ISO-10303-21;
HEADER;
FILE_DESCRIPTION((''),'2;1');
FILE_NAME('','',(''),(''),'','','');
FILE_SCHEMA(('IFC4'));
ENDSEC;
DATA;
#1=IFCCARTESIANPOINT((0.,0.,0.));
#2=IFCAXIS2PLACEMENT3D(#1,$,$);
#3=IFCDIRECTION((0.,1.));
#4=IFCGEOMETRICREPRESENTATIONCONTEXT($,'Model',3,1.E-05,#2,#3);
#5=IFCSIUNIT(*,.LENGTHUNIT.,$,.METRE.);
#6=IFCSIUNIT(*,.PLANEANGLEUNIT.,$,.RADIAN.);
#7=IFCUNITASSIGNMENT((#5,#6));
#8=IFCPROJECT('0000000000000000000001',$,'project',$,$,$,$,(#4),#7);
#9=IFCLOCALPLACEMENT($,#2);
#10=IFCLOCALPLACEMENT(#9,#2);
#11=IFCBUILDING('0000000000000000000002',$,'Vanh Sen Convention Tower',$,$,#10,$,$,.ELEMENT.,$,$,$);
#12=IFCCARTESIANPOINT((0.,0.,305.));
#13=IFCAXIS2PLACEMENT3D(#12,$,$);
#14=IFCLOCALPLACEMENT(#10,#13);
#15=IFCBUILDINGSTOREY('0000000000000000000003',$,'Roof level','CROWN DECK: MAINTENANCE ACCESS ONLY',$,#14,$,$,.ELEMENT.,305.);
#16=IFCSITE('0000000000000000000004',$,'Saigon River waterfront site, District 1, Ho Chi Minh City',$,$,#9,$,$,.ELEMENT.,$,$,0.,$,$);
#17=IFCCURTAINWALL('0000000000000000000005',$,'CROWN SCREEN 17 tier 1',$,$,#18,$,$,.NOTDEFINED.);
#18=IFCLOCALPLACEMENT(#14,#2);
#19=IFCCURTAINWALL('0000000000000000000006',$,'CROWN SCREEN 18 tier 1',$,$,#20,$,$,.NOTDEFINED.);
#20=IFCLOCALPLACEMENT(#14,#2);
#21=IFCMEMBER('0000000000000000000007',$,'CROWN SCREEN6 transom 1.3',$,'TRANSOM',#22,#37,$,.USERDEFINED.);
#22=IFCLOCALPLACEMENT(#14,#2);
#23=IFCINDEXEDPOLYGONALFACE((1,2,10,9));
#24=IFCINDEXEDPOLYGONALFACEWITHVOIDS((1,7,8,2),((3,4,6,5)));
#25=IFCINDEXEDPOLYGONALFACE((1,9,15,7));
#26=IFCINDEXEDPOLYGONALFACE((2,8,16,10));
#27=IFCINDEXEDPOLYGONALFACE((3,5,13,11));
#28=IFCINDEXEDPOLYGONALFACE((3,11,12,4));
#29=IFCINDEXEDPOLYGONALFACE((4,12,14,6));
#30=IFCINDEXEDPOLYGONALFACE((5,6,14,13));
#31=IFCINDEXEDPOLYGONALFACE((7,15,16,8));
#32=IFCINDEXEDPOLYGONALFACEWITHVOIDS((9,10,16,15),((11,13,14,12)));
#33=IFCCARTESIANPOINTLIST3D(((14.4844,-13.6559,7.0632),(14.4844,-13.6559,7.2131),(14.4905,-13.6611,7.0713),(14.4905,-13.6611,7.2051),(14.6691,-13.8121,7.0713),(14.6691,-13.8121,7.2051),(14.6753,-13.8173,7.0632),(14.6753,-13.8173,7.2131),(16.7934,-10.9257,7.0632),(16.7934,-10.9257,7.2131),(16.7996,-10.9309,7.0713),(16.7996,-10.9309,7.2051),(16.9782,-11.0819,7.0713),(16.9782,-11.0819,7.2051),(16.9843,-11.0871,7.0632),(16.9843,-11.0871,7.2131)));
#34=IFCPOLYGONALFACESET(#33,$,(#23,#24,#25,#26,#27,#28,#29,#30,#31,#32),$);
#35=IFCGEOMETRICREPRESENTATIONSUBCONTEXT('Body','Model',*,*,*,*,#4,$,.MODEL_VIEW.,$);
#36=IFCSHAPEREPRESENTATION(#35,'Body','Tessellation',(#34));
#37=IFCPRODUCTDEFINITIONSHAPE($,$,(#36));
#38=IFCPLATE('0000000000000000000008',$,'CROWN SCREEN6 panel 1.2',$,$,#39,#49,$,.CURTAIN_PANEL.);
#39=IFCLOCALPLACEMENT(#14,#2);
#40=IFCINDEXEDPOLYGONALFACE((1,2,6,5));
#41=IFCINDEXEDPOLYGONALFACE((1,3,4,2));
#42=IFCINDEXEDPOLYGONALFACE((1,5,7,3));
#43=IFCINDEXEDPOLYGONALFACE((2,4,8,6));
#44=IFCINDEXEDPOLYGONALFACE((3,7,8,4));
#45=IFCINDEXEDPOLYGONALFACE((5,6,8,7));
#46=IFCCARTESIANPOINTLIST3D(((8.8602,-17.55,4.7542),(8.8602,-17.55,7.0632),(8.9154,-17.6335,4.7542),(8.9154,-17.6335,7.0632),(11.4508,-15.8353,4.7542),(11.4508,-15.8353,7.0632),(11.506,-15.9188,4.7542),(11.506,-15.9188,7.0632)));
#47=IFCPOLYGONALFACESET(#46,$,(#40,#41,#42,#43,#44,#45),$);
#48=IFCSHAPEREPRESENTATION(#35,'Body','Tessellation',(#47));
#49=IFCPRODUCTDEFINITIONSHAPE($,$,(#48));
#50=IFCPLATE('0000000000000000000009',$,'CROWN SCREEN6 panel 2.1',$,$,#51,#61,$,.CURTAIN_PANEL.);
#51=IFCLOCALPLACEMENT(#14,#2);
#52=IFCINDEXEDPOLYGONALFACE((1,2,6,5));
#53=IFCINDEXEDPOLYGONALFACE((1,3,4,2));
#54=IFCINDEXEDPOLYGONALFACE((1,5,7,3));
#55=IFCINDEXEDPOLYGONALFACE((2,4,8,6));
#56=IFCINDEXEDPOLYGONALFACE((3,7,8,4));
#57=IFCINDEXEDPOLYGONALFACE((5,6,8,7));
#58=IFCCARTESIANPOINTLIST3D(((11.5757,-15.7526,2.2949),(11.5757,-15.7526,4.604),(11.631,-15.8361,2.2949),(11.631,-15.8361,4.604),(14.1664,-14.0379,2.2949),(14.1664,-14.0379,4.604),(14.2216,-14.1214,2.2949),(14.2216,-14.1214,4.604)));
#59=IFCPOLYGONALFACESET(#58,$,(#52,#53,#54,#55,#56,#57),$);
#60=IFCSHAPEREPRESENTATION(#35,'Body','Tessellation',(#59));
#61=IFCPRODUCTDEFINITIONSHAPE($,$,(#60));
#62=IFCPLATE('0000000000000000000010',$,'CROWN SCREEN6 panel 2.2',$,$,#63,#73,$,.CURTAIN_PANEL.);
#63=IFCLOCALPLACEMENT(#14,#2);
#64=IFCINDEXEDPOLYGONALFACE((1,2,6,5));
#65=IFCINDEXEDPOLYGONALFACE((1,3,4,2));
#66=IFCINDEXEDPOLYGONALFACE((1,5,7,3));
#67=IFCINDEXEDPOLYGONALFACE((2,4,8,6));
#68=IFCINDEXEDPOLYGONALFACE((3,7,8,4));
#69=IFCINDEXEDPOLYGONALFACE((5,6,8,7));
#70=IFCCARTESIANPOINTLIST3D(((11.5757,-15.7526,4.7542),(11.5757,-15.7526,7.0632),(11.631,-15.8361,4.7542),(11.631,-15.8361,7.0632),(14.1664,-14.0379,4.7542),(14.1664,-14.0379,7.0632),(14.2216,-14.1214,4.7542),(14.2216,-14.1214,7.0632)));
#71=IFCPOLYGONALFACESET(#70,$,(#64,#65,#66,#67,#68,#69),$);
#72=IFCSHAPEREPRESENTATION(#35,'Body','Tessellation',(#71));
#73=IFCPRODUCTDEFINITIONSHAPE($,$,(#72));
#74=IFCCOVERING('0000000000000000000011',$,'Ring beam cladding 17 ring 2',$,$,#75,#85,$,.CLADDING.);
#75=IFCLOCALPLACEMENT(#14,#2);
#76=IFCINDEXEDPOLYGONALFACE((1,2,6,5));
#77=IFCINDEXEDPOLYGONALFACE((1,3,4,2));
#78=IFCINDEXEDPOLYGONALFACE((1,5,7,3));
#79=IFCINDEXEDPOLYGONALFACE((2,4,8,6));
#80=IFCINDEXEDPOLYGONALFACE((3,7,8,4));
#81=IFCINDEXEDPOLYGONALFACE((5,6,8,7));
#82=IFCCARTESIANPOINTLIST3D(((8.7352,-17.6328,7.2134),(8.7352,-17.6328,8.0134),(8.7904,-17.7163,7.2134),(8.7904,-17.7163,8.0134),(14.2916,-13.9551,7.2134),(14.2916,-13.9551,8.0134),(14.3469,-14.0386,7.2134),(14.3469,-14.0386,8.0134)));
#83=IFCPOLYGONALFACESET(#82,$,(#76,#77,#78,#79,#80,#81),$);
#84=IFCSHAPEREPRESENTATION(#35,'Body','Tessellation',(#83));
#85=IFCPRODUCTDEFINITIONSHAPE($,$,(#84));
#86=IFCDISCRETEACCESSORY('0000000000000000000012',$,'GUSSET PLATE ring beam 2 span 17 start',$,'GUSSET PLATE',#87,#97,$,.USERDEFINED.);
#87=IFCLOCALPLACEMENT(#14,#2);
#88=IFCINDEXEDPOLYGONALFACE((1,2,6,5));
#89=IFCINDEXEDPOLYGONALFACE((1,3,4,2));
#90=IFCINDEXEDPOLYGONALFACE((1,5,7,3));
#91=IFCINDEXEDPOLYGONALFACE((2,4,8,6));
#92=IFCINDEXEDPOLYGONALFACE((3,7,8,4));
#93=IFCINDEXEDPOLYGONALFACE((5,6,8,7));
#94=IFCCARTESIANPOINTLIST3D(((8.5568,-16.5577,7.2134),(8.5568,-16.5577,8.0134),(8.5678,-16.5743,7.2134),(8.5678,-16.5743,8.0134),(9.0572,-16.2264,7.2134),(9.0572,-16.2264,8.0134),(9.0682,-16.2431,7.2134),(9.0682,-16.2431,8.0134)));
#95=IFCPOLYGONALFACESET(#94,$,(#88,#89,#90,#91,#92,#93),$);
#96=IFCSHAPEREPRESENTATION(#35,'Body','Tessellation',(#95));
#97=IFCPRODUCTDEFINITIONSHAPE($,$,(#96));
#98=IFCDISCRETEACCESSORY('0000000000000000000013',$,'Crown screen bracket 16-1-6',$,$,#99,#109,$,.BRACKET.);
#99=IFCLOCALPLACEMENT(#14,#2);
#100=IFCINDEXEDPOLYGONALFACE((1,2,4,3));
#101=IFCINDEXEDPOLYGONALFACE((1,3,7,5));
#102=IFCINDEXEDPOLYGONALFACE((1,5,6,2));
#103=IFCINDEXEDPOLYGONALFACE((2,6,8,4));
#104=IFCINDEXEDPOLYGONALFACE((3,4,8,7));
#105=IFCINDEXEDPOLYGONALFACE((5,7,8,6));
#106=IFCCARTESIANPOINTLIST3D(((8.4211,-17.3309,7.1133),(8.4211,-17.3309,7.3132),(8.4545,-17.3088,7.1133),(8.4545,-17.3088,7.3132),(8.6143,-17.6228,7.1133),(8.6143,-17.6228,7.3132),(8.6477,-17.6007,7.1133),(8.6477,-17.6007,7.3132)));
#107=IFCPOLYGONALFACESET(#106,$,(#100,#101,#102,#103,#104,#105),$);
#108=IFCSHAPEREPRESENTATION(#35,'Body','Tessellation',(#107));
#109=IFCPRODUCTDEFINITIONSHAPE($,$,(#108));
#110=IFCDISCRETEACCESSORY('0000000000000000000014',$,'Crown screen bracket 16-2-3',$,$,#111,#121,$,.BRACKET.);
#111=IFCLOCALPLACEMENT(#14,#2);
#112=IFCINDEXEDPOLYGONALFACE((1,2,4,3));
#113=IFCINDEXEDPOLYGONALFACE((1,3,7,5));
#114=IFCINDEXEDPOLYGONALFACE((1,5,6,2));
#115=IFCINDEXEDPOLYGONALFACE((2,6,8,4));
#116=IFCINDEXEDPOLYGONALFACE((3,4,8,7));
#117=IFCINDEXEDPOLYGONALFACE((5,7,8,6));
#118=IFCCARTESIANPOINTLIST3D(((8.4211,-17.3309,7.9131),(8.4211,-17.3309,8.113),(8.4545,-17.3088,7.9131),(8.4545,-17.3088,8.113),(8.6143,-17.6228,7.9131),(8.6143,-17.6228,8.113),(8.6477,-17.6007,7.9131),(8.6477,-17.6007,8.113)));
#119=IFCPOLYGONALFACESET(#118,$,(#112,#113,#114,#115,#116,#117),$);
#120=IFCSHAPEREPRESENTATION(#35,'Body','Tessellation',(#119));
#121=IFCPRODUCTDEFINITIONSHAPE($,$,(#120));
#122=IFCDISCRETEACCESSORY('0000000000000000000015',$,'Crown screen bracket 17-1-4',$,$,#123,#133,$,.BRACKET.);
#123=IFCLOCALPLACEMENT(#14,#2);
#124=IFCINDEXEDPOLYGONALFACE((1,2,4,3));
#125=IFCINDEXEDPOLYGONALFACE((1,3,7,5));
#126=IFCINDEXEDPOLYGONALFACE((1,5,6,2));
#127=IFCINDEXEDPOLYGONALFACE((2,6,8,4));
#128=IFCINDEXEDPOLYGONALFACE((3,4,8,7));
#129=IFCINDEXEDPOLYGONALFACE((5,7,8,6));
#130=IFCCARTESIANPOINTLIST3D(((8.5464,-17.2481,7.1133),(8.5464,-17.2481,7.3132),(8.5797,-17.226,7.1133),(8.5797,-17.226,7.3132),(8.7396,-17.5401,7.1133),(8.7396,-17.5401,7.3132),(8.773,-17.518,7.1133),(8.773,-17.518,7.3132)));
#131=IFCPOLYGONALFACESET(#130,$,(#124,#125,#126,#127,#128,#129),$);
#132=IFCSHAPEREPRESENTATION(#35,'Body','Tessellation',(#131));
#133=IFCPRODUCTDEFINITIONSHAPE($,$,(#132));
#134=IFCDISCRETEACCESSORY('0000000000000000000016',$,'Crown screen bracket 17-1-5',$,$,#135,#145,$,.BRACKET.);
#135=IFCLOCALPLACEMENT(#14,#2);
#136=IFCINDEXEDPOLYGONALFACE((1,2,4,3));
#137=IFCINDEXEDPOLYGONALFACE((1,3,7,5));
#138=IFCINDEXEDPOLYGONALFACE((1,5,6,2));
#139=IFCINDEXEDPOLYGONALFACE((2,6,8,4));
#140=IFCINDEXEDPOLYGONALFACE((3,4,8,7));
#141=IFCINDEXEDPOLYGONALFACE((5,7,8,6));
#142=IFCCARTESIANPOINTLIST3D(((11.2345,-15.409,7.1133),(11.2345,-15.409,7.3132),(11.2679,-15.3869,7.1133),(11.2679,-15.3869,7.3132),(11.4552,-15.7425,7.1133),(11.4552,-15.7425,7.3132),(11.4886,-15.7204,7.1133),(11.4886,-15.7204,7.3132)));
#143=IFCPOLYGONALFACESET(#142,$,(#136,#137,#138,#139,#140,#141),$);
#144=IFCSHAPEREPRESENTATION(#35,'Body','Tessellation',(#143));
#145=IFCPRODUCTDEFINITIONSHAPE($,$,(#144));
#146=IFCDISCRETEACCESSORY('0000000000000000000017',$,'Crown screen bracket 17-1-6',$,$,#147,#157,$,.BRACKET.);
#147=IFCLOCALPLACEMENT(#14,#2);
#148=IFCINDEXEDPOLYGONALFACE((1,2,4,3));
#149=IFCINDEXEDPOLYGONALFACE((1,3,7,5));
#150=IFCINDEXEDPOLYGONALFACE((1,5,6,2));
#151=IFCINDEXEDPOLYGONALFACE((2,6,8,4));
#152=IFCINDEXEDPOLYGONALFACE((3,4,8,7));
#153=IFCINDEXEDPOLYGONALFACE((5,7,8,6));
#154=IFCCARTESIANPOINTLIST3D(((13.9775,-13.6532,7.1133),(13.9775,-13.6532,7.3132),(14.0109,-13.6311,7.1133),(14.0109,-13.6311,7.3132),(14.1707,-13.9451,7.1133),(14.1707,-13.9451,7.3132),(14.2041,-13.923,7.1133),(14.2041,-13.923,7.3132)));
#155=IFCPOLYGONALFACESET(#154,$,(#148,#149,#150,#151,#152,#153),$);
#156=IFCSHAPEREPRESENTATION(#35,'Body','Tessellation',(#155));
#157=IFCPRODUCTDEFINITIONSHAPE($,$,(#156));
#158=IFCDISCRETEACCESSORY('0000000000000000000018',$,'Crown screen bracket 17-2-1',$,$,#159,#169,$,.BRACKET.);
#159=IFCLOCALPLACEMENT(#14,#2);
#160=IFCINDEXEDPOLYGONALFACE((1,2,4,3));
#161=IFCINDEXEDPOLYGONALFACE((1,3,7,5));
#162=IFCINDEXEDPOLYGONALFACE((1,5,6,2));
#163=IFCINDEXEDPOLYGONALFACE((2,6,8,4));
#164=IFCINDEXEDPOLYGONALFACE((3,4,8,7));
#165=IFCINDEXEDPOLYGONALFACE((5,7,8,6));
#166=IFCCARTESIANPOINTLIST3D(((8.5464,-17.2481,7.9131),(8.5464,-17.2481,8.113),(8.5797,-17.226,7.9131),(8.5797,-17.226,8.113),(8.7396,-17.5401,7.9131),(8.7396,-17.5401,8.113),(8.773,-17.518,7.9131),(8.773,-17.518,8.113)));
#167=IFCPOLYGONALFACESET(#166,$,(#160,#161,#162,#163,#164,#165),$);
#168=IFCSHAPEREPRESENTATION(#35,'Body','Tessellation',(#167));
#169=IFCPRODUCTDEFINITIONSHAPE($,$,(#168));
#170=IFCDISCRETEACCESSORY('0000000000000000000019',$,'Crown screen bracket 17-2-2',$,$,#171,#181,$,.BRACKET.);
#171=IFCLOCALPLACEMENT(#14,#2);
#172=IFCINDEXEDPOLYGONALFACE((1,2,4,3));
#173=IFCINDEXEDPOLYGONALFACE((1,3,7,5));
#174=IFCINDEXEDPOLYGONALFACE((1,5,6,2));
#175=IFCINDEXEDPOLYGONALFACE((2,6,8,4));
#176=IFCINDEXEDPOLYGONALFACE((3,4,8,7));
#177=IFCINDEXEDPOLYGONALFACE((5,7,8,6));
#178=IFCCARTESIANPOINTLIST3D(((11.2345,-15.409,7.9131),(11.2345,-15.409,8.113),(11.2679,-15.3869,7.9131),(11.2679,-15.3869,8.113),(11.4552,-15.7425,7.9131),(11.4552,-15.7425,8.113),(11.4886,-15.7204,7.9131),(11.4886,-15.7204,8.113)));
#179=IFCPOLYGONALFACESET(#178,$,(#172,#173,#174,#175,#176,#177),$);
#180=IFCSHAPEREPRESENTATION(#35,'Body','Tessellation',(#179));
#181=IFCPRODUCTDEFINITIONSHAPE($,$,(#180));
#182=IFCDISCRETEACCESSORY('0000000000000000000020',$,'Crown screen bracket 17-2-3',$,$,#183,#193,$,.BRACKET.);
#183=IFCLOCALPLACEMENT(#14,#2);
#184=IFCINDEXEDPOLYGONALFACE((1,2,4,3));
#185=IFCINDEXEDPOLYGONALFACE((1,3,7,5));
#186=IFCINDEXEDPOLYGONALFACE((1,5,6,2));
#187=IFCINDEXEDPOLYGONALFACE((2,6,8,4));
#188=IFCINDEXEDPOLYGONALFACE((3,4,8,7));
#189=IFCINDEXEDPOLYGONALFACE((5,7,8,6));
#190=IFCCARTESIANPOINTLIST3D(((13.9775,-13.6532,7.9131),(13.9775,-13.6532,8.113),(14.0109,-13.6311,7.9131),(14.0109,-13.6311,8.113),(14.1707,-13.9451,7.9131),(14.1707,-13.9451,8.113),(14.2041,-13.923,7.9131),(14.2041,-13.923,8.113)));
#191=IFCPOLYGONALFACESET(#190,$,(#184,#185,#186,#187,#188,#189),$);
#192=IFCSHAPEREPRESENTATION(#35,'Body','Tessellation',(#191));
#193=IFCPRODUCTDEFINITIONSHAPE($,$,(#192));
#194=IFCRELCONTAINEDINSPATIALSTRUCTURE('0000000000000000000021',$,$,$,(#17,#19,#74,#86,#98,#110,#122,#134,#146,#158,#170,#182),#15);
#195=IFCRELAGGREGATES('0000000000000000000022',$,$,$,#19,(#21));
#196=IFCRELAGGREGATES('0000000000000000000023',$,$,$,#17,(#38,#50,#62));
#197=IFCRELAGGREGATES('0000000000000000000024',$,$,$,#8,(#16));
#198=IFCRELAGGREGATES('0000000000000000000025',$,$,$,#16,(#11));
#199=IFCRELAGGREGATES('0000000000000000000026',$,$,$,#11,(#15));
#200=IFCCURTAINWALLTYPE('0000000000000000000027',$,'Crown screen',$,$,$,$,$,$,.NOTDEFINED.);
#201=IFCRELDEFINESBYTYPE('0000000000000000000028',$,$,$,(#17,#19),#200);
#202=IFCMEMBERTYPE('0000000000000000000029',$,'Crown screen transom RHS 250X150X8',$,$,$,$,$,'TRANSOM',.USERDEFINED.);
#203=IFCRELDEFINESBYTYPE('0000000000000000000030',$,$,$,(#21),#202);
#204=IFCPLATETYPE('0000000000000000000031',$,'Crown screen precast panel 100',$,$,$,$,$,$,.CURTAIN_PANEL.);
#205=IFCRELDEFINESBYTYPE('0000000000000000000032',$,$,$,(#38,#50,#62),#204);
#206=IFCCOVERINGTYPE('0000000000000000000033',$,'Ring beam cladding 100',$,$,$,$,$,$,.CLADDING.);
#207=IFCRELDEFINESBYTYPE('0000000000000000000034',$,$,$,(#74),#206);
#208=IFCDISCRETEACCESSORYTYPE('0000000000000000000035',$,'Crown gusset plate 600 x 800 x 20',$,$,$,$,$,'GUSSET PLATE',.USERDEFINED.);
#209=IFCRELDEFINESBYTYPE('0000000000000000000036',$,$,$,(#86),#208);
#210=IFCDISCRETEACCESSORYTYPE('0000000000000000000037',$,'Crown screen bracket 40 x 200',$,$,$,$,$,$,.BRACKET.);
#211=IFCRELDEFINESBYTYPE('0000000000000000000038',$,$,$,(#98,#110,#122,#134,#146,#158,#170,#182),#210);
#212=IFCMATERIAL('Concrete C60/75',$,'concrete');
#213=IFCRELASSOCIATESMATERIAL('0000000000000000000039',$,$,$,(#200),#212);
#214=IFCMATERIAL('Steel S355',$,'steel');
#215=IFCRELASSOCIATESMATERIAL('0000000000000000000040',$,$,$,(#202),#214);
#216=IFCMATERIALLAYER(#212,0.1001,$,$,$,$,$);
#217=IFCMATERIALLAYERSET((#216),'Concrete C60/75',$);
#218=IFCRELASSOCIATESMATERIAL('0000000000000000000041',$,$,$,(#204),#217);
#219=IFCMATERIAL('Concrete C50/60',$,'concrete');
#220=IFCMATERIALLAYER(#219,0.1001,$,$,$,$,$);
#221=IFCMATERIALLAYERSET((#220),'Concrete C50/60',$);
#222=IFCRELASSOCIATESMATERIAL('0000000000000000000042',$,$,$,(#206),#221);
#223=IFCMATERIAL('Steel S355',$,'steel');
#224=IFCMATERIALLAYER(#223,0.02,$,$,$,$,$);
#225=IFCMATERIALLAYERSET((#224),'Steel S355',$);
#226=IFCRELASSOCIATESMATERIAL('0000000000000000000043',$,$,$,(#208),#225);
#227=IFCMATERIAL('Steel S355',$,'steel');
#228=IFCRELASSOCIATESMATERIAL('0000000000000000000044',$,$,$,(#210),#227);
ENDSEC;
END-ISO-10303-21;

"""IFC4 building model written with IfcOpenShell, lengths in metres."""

from ifc_helpers import new_model, si_unit, direction, frame, origin, origin_2d, place, context, subcontext, project, spatial, rectangle, hollow_rectangle, extrude, material, layer, layer_set, material_profile, profile_set, type_object, element, aggregate, save


model = new_model("IFC4")

# Units and contexts
model_context = context("Model", 3, precision=1e-05, world=origin(), true_north=direction((0.0, 1.0)))
body_context = subcontext(model_context, "Body", "Model", "MODEL_VIEW")
ifc_project = project(units=[si_unit("LENGTHUNIT", "METRE"), si_unit("PLANEANGLEUNIT", "RADIAN")], contexts=[model_context])

# Site, building, storey
site_placement = place(None, origin())
site = spatial("IfcSite", under=ifc_project, at=site_placement, Name="Saigon River waterfront site, District 1, Ho Chi Minh City", CompositionType="ELEMENT", RefElevation=0.0)
building_placement = place(site_placement, origin())
building = spatial("IfcBuilding", under=site, at=building_placement, Name="Vanh Sen Convention Tower", CompositionType="ELEMENT")
storey_placement = place(building_placement, frame((0.0, 0.0, 305.0)))
storey = spatial("IfcBuildingStorey", under=building, at=storey_placement, Name="Roof level", Description="CROWN DECK: MAINTENANCE ACCESS ONLY", CompositionType="ELEMENT", Elevation=305.0)

# Shared definitions
ifc_material_1 = material(Name="Concrete C60/75", Category="concrete")
curtain_wall_type = type_object("IfcCurtainWallType", Name="Crown screen", PredefinedType="NOTDEFINED", material=ifc_material_1)
ifc_material_2 = material(Name="Steel S355", Category="steel")

# Curtain walls, member
curtain_wall_1_placement = place(storey_placement, origin())
curtain_wall_1 = element("IfcCurtainWall", 1, at=curtain_wall_1_placement, inside=storey, type_object=curtain_wall_type, Name="CROWN SCREEN 17 tier 1", PredefinedType="NOTDEFINED")
ifc_material_profile_1 = material_profile(ifc_material_2, hollow_rectangle(XDim=0.25, YDim=0.1499, WallThickness=0.0081, at=origin_2d()), Name="RHS 250X150X8")
ifc_profile_set_1 = profile_set([ifc_material_profile_1], Name="Steel S355")
member_type_1 = type_object("IfcMemberType", Name="Crown screen transom RHS 250X150X8", ElementType="TRANSOM", PredefinedType="USERDEFINED", material=ifc_profile_set_1)
curtain_wall_2_placement = place(storey_placement, origin())
curtain_wall_2 = element("IfcCurtainWall", 2, at=curtain_wall_2_placement, inside=storey, type_object=curtain_wall_type, Name="CROWN SCREEN 18 tier 1", PredefinedType="NOTDEFINED")
member_1_placement = place(storey_placement, frame((14.5798, -13.7366, 7.1382), z_axis=(0.645762, 0.763539, 0.0), x_axis=(-0.763539, 0.645762, 0.0)))
member_1 = element("IfcMember", 3, at=member_1_placement, type_object=member_type_1, Name="CROWN SCREEN6 transom 1.3", ObjectType="TRANSOM", PredefinedType="USERDEFINED", context=body_context, shape_type="SweptSolid", body=[
    extrude(hollow_rectangle(XDim=0.25, YDim=0.1499, WallThickness=0.0081, at=origin_2d()), origin(), (0.0, 0.0, 1.0), 3.5757),
])
aggregate(curtain_wall_2, [member_1])

# Plates
ifc_layer_1 = layer(ifc_material_1, 0.1001)
ifc_layer_set_1 = layer_set([ifc_layer_1], Name="Concrete C60/75")
plate_type = type_object("IfcPlateType", Name="Crown screen precast panel 100", PredefinedType="CURTAIN_PANEL", material=ifc_layer_set_1)
plate_1_placement = place(storey_placement, frame((10.1831, -16.7344, 4.7542), z_axis=(0.0, 0.0, 1.0), x_axis=(0.833886, 0.551937, 0.0)))
plate_1 = element("IfcPlate", 4, at=plate_1_placement, type_object=plate_type, Name="CROWN SCREEN6 panel 1.2", PredefinedType="CURTAIN_PANEL", context=body_context, shape_type="SweptSolid", body=[
    extrude(rectangle(XDim=3.1067, YDim=0.1001, at=origin_2d()), origin(), (0.0, 0.0, 1.0), 2.3091),
])
plate_2_placement = place(storey_placement, frame((12.8987, -14.937, 2.2949), z_axis=(0.0, 0.0, 1.0), x_axis=(0.833886, 0.551937, 0.0)))
plate_2 = element("IfcPlate", 5, at=plate_2_placement, type_object=plate_type, Name="CROWN SCREEN6 panel 2.1", PredefinedType="CURTAIN_PANEL", context=body_context, shape_type="SweptSolid", body=[
    extrude(rectangle(XDim=3.1067, YDim=0.1001, at=origin_2d()), origin(), (0.0, 0.0, 1.0), 2.3091),
])
plate_3_placement = place(storey_placement, frame((12.8987, -14.937, 4.7542), z_axis=(0.0, 0.0, 1.0), x_axis=(0.833886, 0.551937, 0.0)))
plate_3 = element("IfcPlate", 6, at=plate_3_placement, type_object=plate_type, Name="CROWN SCREEN6 panel 2.2", PredefinedType="CURTAIN_PANEL", context=body_context, shape_type="SweptSolid", body=[
    extrude(rectangle(XDim=3.1067, YDim=0.1001, at=origin_2d()), origin(), (0.0, 0.0, 1.0), 2.3091),
])
aggregate(curtain_wall_1, [plate_1, plate_2, plate_3])

# Covering
ifc_material_3 = material(Name="Concrete C50/60", Category="concrete")
ifc_layer_2 = layer(ifc_material_3, 0.1001)
ifc_layer_set_2 = layer_set([ifc_layer_2], Name="Concrete C50/60")
covering_type = type_object("IfcCoveringType", Name="Ring beam cladding 100", PredefinedType="CLADDING", material=ifc_layer_set_2)
covering_placement = place(storey_placement, frame((11.541, -15.8357, 7.2134), z_axis=(0.0, 0.0, 1.0), x_axis=(0.833886, 0.551937, 0.0)))
element("IfcCovering", 7, at=covering_placement, inside=storey, type_object=covering_type, Name="Ring beam cladding 17 ring 2", PredefinedType="CLADDING", context=body_context, shape_type="SweptSolid", body=[
    extrude(rectangle(XDim=6.6633, YDim=0.1001, at=origin_2d()), origin(), (0.0, 0.0, 1.0), 0.8),
])

# Discrete accessories
ifc_material_4 = material(Name="Steel S355", Category="steel")
ifc_layer_3 = layer(ifc_material_4, 0.02)
ifc_layer_set_3 = layer_set([ifc_layer_3], Name="Steel S355")
discrete_accessory_type_1 = type_object("IfcDiscreteAccessoryType", Name="Crown gusset plate 600 x 800 x 20", ElementType="GUSSET PLATE", PredefinedType="USERDEFINED", material=ifc_layer_set_3)
discrete_accessory_1_placement = place(storey_placement, frame((8.8125, -16.4004, 7.2134), z_axis=(0.0, 0.0, 1.0), x_axis=(0.833886, 0.551937, 0.0)))
element("IfcDiscreteAccessory", 8, at=discrete_accessory_1_placement, inside=storey, type_object=discrete_accessory_type_1, Name="GUSSET PLATE ring beam 2 span 17 start", ObjectType="GUSSET PLATE", PredefinedType="USERDEFINED", context=body_context, shape_type="SweptSolid", body=[
    extrude(rectangle(XDim=0.6001, YDim=0.02, at=origin_2d()), origin(), (0.0, 0.0, 1.0), 0.8),
])
ifc_material_5 = material(Name="Steel S355", Category="steel")
discrete_accessory_type_2 = type_object("IfcDiscreteAccessoryType", Name="Crown screen bracket 40 x 200", PredefinedType="BRACKET", material=ifc_material_5)
for number, where, z_axis, x_axis, name in (
    (9, (8.5344, -17.4658, 7.1133), (0.0, 0.0, 1.0), (0.55193, -0.833891, 0.0), "Crown screen bracket 16-1-6"),
    (10, (8.5344, -17.4658, 7.9131), (0.0, 0.0, 1.0), (0.55193, -0.833891, 0.0), "Crown screen bracket 16-2-3"),
    (11, (8.6597, -17.3831, 7.1133), (0.0, 0.0, 1.0), (0.551937, -0.833886, 0.0), "Crown screen bracket 17-1-4"),
):
    element("IfcDiscreteAccessory", number, at=place(storey_placement, frame(where, z_axis=z_axis, x_axis=x_axis)), inside=storey, type_object=discrete_accessory_type_2, Name=name, PredefinedType="BRACKET", context=body_context, shape_type="SweptSolid", body=[
        extrude(rectangle(XDim=0.3501, YDim=0.04, at=origin_2d()), origin(), (0.0, 0.0, 1.0), 0.2),
    ])
discrete_accessory_2_placement = place(storey_placement, frame((11.3616, -15.5647, 7.1133), z_axis=(0.0, 0.0, 1.0), x_axis=(0.551937, -0.833886, 0.0)))
element("IfcDiscreteAccessory", 12, at=discrete_accessory_2_placement, inside=storey, type_object=discrete_accessory_type_2, Name="Crown screen bracket 17-1-5", PredefinedType="BRACKET", context=body_context, shape_type="SweptSolid", body=[
    extrude(rectangle(XDim=0.3999, YDim=0.04, at=origin_2d()), origin(), (0.0, 0.0, 1.0), 0.2),
])
for number, where, z_axis, x_axis, name in (
    (13, (14.0908, -13.7881, 7.1133), (0.0, 0.0, 1.0), (0.551937, -0.833886, 0.0), "Crown screen bracket 17-1-6"),
    (14, (8.6597, -17.3831, 7.9131), (0.0, 0.0, 1.0), (0.551937, -0.833886, 0.0), "Crown screen bracket 17-2-1"),
):
    element("IfcDiscreteAccessory", number, at=place(storey_placement, frame(where, z_axis=z_axis, x_axis=x_axis)), inside=storey, type_object=discrete_accessory_type_2, Name=name, PredefinedType="BRACKET", context=body_context, shape_type="SweptSolid", body=[
        extrude(rectangle(XDim=0.3501, YDim=0.04, at=origin_2d()), origin(), (0.0, 0.0, 1.0), 0.2),
    ])
discrete_accessory_3_placement = place(storey_placement, frame((11.3616, -15.5647, 7.9131), z_axis=(0.0, 0.0, 1.0), x_axis=(0.551937, -0.833886, 0.0)))
element("IfcDiscreteAccessory", 15, at=discrete_accessory_3_placement, inside=storey, type_object=discrete_accessory_type_2, Name="Crown screen bracket 17-2-2", PredefinedType="BRACKET", context=body_context, shape_type="SweptSolid", body=[
    extrude(rectangle(XDim=0.3999, YDim=0.04, at=origin_2d()), origin(), (0.0, 0.0, 1.0), 0.2),
])
for number, where, z_axis, x_axis, name in (
    (16, (14.0908, -13.7881, 7.9131), (0.0, 0.0, 1.0), (0.551937, -0.833886, 0.0), "Crown screen bracket 17-2-3"),
):
    element("IfcDiscreteAccessory", number, at=place(storey_placement, frame(where, z_axis=z_axis, x_axis=x_axis)), inside=storey, type_object=discrete_accessory_type_2, Name=name, PredefinedType="BRACKET", context=body_context, shape_type="SweptSolid", body=[
        extrude(rectangle(XDim=0.3501, YDim=0.04, at=origin_2d()), origin(), (0.0, 0.0, 1.0), 0.2),
    ])

save(model, "model.ifc")
